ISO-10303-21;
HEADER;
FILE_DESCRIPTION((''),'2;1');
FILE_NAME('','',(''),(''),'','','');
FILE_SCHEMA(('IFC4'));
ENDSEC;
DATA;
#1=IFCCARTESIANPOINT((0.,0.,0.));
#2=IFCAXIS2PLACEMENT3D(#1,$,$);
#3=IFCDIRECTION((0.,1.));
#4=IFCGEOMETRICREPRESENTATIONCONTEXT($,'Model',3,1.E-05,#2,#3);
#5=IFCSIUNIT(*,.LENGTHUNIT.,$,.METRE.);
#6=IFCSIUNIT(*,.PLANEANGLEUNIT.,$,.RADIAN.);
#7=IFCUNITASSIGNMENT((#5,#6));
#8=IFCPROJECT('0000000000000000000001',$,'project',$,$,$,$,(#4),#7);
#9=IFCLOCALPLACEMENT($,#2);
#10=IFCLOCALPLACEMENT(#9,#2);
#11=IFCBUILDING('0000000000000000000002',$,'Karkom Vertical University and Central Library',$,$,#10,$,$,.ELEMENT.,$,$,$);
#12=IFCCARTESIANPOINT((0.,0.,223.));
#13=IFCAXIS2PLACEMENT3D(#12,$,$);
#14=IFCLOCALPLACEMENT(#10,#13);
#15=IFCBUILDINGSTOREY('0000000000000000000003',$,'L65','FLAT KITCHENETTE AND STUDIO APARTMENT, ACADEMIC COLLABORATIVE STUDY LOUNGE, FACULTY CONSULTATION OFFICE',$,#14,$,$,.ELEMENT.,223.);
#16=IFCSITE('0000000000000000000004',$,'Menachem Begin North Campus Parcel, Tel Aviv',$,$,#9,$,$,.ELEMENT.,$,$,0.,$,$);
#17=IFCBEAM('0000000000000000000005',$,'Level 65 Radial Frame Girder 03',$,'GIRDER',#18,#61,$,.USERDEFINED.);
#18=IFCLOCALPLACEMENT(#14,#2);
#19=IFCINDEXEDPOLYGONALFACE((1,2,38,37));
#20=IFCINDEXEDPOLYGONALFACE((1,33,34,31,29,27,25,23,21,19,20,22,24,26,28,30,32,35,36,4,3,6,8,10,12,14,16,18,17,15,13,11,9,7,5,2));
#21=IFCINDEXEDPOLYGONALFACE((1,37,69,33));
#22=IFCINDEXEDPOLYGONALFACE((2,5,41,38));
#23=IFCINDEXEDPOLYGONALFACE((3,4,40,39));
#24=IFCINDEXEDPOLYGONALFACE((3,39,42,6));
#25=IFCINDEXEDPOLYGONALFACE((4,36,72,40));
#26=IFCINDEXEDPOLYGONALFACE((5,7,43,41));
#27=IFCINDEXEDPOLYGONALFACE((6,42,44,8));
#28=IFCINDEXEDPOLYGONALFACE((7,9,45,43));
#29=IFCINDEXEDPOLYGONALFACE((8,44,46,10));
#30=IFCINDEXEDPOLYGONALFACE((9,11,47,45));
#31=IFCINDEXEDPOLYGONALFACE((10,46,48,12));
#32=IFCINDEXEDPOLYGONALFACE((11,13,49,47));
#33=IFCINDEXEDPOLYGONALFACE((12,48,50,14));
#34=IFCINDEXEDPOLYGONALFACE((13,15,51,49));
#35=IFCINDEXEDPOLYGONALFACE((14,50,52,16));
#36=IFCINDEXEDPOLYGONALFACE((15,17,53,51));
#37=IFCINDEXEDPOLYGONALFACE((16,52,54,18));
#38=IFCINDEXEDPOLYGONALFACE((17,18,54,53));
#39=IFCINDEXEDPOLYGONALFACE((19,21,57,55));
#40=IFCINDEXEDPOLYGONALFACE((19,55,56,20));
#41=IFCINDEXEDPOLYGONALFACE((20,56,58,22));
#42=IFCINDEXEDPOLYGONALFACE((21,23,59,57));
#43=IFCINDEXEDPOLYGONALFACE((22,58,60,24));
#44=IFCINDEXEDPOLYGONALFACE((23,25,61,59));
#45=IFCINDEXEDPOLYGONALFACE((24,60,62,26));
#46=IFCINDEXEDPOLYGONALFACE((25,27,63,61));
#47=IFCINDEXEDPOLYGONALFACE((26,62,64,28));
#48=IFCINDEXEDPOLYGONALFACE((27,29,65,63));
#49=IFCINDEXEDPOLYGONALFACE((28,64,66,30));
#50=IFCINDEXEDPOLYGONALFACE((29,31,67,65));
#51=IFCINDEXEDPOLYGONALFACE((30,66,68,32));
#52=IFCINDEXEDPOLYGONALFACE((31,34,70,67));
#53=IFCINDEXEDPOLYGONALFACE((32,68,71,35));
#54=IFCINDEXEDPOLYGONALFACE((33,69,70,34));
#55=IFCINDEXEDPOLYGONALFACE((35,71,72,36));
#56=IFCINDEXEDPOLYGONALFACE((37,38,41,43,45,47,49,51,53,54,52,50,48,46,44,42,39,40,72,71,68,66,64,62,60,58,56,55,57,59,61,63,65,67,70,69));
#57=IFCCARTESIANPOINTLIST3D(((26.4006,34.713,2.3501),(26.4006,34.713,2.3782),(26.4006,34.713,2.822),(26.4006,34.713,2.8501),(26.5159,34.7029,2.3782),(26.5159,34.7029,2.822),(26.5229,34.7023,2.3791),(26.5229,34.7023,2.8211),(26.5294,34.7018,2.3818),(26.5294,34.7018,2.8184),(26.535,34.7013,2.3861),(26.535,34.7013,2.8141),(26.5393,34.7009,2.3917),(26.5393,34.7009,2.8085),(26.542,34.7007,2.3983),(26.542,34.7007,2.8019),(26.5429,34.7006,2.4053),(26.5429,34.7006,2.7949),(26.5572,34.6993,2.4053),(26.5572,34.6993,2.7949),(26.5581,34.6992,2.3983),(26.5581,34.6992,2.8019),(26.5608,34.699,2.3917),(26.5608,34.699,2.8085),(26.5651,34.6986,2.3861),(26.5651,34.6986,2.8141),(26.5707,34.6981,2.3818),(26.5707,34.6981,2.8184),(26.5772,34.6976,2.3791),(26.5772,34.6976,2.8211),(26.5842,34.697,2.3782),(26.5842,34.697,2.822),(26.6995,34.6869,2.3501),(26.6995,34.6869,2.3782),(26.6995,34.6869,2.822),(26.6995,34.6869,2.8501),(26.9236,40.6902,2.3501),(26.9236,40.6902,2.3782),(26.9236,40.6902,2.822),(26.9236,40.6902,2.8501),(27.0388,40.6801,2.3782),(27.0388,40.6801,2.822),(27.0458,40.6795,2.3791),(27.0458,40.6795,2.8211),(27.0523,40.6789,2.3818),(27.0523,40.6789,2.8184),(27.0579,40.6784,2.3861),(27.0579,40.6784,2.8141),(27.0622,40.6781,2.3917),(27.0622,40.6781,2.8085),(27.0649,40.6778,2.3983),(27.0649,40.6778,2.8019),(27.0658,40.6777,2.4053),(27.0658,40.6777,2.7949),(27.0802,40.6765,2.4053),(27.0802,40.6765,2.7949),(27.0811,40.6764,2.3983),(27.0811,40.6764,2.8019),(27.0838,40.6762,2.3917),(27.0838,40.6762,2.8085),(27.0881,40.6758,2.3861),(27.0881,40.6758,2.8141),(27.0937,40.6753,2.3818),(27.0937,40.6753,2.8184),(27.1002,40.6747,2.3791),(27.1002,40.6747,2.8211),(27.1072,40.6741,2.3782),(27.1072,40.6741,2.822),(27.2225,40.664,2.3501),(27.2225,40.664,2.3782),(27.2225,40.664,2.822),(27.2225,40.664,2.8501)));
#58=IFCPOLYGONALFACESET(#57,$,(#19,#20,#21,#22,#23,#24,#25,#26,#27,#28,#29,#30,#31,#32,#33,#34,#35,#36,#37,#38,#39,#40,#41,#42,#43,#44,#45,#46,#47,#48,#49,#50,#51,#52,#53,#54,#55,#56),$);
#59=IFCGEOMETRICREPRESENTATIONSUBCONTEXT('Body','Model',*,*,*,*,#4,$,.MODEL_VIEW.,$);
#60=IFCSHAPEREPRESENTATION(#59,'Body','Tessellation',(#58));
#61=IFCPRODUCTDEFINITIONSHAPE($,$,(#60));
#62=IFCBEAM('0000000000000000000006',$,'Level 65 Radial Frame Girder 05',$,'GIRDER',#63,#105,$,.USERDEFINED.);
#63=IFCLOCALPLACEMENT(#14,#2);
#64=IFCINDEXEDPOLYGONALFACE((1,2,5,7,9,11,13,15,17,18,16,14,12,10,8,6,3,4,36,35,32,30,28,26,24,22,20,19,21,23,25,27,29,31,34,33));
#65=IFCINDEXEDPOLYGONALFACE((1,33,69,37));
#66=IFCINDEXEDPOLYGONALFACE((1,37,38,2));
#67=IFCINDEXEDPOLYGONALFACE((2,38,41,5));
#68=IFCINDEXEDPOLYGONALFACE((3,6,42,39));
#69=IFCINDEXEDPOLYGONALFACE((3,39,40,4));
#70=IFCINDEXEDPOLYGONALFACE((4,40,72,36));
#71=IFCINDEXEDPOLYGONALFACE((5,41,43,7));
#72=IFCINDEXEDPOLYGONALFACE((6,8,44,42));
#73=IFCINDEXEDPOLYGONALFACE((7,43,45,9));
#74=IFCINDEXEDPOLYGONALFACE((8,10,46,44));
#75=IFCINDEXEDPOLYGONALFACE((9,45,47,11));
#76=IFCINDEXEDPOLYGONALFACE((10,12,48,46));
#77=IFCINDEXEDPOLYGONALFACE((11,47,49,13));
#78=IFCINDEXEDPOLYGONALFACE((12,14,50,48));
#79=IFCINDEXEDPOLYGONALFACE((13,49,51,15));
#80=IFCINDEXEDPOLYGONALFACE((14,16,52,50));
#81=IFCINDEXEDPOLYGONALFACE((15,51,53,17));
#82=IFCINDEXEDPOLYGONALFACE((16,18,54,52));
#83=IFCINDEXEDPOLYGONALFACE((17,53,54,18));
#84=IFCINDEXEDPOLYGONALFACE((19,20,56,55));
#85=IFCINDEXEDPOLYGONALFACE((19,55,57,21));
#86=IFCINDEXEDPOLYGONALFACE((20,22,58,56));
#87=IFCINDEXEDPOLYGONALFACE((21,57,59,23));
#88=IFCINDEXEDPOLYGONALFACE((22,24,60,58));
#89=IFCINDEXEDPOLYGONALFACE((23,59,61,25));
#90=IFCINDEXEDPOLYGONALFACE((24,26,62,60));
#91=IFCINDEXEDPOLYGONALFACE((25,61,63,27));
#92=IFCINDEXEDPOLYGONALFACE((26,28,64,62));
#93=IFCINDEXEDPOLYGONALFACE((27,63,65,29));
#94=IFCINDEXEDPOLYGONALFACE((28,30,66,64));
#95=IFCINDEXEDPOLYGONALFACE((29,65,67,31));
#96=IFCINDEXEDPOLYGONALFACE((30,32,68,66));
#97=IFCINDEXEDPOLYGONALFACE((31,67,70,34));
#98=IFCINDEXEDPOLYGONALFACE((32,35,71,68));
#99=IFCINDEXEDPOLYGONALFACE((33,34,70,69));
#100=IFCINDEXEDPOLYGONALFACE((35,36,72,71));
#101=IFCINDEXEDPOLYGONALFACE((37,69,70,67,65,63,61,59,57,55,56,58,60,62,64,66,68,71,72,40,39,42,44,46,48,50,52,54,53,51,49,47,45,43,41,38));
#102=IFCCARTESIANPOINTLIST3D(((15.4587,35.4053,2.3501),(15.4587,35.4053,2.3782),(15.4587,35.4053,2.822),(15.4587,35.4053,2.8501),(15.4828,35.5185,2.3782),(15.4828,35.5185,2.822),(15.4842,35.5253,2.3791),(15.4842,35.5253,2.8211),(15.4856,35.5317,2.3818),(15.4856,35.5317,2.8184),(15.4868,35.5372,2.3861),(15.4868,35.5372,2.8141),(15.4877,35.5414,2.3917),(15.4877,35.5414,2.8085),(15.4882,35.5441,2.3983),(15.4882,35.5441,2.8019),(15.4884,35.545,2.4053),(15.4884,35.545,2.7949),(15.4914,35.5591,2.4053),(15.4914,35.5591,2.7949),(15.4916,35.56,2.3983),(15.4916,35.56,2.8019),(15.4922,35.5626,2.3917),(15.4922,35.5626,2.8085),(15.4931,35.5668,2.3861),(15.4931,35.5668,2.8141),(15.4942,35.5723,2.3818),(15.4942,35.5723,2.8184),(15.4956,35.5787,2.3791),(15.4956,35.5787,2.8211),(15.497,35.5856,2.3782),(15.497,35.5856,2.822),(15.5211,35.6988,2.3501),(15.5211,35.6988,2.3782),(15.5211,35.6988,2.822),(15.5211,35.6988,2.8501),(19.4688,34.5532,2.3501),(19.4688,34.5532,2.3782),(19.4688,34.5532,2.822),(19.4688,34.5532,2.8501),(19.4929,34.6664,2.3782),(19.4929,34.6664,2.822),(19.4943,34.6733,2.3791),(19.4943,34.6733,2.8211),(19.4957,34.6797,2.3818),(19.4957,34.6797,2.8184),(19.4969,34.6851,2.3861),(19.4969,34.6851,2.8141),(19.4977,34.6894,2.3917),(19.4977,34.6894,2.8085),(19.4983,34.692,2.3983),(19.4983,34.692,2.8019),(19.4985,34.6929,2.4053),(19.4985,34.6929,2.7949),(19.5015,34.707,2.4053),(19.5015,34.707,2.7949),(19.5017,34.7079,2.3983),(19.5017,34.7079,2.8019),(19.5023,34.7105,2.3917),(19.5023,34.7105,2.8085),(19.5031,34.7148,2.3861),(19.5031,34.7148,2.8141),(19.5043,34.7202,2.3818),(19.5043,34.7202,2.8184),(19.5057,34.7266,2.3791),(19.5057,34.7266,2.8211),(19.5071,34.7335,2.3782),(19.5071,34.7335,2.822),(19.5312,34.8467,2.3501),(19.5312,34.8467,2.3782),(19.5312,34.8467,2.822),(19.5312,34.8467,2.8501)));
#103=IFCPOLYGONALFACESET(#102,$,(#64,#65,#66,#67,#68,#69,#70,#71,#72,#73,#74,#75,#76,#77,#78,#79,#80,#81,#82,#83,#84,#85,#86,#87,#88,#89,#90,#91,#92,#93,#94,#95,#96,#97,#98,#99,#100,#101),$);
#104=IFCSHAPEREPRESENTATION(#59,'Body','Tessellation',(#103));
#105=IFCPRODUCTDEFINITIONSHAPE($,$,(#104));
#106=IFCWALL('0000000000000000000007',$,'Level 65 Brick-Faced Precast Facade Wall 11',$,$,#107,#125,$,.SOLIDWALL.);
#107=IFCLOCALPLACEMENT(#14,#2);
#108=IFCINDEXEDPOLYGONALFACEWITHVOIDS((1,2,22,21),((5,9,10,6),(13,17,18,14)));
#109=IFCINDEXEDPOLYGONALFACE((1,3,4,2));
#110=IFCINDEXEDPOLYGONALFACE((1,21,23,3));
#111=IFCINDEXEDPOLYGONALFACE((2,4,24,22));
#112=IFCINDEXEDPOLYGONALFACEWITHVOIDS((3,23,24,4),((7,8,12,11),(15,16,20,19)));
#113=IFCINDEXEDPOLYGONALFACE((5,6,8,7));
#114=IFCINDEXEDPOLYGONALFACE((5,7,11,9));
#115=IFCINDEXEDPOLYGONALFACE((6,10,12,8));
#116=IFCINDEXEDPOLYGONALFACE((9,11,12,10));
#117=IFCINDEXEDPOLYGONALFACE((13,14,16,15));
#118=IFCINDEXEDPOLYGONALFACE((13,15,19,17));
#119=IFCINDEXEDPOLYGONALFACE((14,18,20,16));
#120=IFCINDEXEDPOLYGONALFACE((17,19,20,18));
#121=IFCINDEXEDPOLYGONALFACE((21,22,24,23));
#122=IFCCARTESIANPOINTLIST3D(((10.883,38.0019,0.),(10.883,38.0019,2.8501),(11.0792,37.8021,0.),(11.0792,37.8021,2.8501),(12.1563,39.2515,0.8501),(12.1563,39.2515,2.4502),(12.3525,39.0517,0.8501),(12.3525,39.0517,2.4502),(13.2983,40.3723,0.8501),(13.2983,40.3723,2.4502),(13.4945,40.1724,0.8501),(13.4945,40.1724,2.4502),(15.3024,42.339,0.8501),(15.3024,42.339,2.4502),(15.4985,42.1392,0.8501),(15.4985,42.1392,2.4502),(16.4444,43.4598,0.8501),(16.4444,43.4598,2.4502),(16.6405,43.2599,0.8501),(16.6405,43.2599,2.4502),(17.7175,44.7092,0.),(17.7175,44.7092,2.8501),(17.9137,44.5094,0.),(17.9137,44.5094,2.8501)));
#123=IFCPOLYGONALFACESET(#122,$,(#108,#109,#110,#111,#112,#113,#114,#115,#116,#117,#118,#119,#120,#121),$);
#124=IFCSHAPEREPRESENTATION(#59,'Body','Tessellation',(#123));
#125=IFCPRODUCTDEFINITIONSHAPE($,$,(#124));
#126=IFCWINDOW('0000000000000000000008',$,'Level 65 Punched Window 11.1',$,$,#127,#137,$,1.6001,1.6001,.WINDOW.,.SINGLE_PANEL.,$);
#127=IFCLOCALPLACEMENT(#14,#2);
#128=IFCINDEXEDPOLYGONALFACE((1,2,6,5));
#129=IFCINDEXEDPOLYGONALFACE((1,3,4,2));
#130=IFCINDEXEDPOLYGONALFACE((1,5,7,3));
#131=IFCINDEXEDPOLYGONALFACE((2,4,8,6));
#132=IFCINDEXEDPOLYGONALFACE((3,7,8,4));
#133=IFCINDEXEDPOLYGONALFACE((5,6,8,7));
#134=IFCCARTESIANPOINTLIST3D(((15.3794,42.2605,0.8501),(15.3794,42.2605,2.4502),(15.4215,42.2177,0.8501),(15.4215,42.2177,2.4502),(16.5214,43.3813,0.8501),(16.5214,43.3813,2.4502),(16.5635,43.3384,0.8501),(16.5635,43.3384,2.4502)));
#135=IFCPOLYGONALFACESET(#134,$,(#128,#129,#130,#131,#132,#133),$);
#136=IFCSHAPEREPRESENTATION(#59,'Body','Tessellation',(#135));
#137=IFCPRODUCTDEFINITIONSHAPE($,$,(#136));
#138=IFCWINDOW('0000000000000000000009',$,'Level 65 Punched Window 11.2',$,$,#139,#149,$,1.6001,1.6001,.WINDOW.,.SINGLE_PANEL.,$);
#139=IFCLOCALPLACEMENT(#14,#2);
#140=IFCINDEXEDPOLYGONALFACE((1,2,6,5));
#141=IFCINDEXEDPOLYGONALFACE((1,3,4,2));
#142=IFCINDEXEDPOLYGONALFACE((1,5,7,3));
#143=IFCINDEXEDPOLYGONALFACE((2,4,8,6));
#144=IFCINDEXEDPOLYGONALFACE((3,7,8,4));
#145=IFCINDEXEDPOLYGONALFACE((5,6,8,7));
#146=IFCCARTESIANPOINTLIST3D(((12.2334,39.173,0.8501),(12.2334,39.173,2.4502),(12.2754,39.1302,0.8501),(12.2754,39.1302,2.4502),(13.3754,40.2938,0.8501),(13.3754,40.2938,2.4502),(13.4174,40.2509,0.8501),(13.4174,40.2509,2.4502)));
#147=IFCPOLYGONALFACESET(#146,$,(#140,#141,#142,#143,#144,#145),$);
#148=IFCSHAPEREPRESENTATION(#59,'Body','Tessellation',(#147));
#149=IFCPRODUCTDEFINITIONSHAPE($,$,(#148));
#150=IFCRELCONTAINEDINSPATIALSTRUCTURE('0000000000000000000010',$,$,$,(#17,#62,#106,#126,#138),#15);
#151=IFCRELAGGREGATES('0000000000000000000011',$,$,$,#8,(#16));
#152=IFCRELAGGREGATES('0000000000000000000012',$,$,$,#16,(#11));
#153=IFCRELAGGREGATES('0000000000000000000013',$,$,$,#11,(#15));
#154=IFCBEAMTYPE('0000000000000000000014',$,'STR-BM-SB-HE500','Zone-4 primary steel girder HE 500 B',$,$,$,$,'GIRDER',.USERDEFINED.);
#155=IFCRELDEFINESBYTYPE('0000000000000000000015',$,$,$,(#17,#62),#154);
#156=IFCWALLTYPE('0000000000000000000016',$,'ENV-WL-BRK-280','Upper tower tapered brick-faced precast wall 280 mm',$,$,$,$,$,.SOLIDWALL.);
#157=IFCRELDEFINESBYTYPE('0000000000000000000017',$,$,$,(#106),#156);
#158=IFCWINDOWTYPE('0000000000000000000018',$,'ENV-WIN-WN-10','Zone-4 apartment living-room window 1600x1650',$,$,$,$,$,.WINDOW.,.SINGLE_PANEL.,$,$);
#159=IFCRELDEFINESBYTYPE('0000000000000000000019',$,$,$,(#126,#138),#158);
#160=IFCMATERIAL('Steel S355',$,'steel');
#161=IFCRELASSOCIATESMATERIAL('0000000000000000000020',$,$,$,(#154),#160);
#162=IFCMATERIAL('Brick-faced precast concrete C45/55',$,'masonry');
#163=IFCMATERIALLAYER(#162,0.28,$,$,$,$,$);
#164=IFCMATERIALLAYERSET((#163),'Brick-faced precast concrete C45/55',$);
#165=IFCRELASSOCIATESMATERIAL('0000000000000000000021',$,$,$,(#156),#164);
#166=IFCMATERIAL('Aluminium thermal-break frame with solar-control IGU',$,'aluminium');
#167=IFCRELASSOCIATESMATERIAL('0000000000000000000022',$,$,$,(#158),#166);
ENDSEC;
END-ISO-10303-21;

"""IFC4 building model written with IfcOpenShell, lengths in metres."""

from ifc_helpers import new_model, si_unit, direction, frame, frame_2d, origin, origin_with_axes, origin_2d, place, context, subcontext, project, spatial, rectangle, i_section, extrude, source, transform, mapped, material, layer, layer_set, material_profile, profile_set, type_object, element, fill, save


model = new_model("IFC4")

# Units and contexts
model_context = context("Model", 3, precision=1e-05, world=origin(), true_north=direction((0.0, 1.0)))
body_context = subcontext(model_context, "Body", "Model", "MODEL_VIEW")
ifc_project = project(units=[si_unit("LENGTHUNIT", "METRE"), si_unit("PLANEANGLEUNIT", "RADIAN")], contexts=[model_context])

# Site, building, storey
site_placement = place(None, origin())
site = spatial("IfcSite", under=ifc_project, at=site_placement, Name="Menachem Begin North Campus Parcel, Tel Aviv", CompositionType="ELEMENT", RefElevation=0.0)
building_placement = place(site_placement, origin())
building = spatial("IfcBuilding", under=site, at=building_placement, Name="Karkom Vertical University and Central Library", CompositionType="ELEMENT")
storey_placement = place(building_placement, frame((0.0, 0.0, 223.0)))
storey = spatial("IfcBuildingStorey", under=building, at=storey_placement, Name="L65", Description="FLAT KITCHENETTE AND STUDIO APARTMENT, ACADEMIC COLLABORATIVE STUDY LOUNGE, FACULTY CONSULTATION OFFICE", CompositionType="ELEMENT", Elevation=223.0)

# Beams
ifc_material_1 = material(Name="Steel S355", Category="steel")
ifc_material_profile_1 = material_profile(ifc_material_1, i_section(OverallWidth=0.3, OverallDepth=0.5, WebThickness=0.0144, FlangeThickness=0.0281, FilletRadius=0.0271, at=origin_2d()), Name="HE 500 B")
ifc_profile_set_1 = profile_set([ifc_material_profile_1], Name="Steel S355")
beam_type_1 = type_object("IfcBeamType", Name="STR-BM-SB-HE500", Description="Zone-4 primary steel girder HE 500 B", ElementType="GIRDER", PredefinedType="USERDEFINED", material=ifc_profile_set_1)
shared_shape_1 = source(origin_with_axes(), body_context, "Body", "SweptSolid", [
    extrude(i_section(OverallWidth=0.3, OverallDepth=0.5, WebThickness=0.0144, FlangeThickness=0.0281, FilletRadius=0.0271, at=origin_2d()), origin(), (0.0, 0.0, 1.0), 6.0),
])
beam_1_placement = place(storey_placement, frame((26.55, 34.7, 2.6001), z_axis=(0.08716, 0.996194, 0.0), x_axis=(-0.996194, 0.08716, 0.0)))
element("IfcBeam", 1, at=beam_1_placement, inside=storey, type_object=beam_type_1, Name="Level 65 Radial Frame Girder 03", ObjectType="GIRDER", PredefinedType="USERDEFINED", context=body_context, shape_type="MappedRepresentation", body=[
    mapped(shared_shape_1, transform((0.0, 0.0, 0.0), scale=1.0)),
])
shared_shape_2 = source(origin_with_axes(), body_context, "Body", "SweptSolid", [
    extrude(i_section(OverallWidth=0.3, OverallDepth=0.5, WebThickness=0.0144, FlangeThickness=0.0281, FilletRadius=0.0271, at=origin_2d()), origin(), (0.0, 0.0, 1.0), 4.0996),
])
beam_2_placement = place(storey_placement, frame((19.5, 34.7, 2.6001), z_axis=(-0.978163, 0.207841, 0.0), x_axis=(-0.207841, -0.978163, 0.0)))
element("IfcBeam", 2, at=beam_2_placement, inside=storey, type_object=beam_type_1, Name="Level 65 Radial Frame Girder 05", ObjectType="GIRDER", PredefinedType="USERDEFINED", context=body_context, shape_type="MappedRepresentation", body=[
    mapped(shared_shape_2, transform((0.0, 0.0, 0.0), scale=1.0)),
])

# Wall, openings, windows
ifc_material_2 = material(Name="Brick-faced precast concrete C45/55", Category="masonry")
ifc_layer_1 = layer(ifc_material_2, 0.28)
ifc_layer_set_1 = layer_set([ifc_layer_1], Name="Brick-faced precast concrete C45/55")
wall_type_1 = type_object("IfcWallType", Name="ENV-WL-BRK-280", Description="Upper tower tapered brick-faced precast wall 280 mm", PredefinedType="SOLIDWALL", material=ifc_layer_set_1)
wall_1_placement = place(storey_placement, frame((17.8157, 44.6094, 0.0), z_axis=(0.0, 0.0, 1.0), x_axis=(-0.713717, -0.700434, 0.0)))
wall_1 = element("IfcWall", 3, at=wall_1_placement, inside=storey, type_object=wall_type_1, Name="Level 65 Brick-Faced Precast Facade Wall 11", PredefinedType="SOLIDWALL", context=body_context, shape_type="SweptSolid", body=[
    extrude(rectangle(XDim=9.5759, YDim=0.28, at=frame_2d((4.7881, 0.0))), origin(), (0.0, 0.0, 1.0), 2.8501),
])
opening_1_placement = place(wall_1_placement, frame((1.7839, 0.0, 0.8501)))
opening_1 = element("IfcOpeningElement", 4, at=opening_1_placement, cuts=wall_1, PredefinedType="OPENING", context=body_context, shape_type="SweptSolid", body=[
    extrude(rectangle(XDim=1.6001, YDim=1.6001, at=frame_2d((0.8, 0.8))), frame((0.0, 0.1499, 0.0), z_axis=(0.0, -1.0, 0.0), x_axis=(1.0, 0.0, 0.0)), (0.0, 0.0, 1.0), 0.3),
])
opening_2_placement = place(wall_1_placement, frame((6.1919, 0.0, 0.8501)))
opening_2 = element("IfcOpeningElement", 5, at=opening_2_placement, cuts=wall_1, PredefinedType="OPENING", context=body_context, shape_type="SweptSolid", body=[
    extrude(rectangle(XDim=1.6001, YDim=1.6001, at=frame_2d((0.8, 0.8))), frame((0.0, 0.1499, 0.0), z_axis=(0.0, -1.0, 0.0), x_axis=(1.0, 0.0, 0.0)), (0.0, 0.0, 1.0), 0.3),
])
ifc_material_3 = material(Name="Aluminium thermal-break frame with solar-control IGU", Category="aluminium")
window_type_1 = type_object("IfcWindowType", Name="ENV-WIN-WN-10", Description="Zone-4 apartment living-room window 1600x1650", PartitioningType="SINGLE_PANEL", PredefinedType="WINDOW", material=ifc_material_3)
shared_shape_3 = source(origin_with_axes(), body_context, "Body", "SweptSolid", [
    extrude(rectangle(XDim=1.6001, YDim=1.6001, at=frame_2d((0.8, 0.8))), frame((0.0, 0.03, 0.0), z_axis=(0.0, -1.0, 0.0), x_axis=(1.0, 0.0, 0.0)), (0.0, 0.0, 1.0), 0.0601),
])
window_1_placement = place(opening_1_placement, origin())
window_1 = element("IfcWindow", 6, at=window_1_placement, inside=storey, type_object=window_type_1, Name="Level 65 Punched Window 11.1", OverallHeight=1.6001, OverallWidth=1.6001, PartitioningType="SINGLE_PANEL", PredefinedType="WINDOW", context=body_context, shape_type="MappedRepresentation", body=[
    mapped(shared_shape_3, transform((0.0, 0.0, 0.0), scale=1.0)),
])
fill(opening_1, window_1)
window_2_placement = place(opening_2_placement, origin())
window_2 = element("IfcWindow", 7, at=window_2_placement, inside=storey, type_object=window_type_1, Name="Level 65 Punched Window 11.2", OverallHeight=1.6001, OverallWidth=1.6001, PartitioningType="SINGLE_PANEL", PredefinedType="WINDOW", context=body_context, shape_type="MappedRepresentation", body=[
    mapped(shared_shape_3, transform((0.0, 0.0, 0.0), scale=1.0)),
])
fill(opening_2, window_2)

save(model, "model.ifc")
